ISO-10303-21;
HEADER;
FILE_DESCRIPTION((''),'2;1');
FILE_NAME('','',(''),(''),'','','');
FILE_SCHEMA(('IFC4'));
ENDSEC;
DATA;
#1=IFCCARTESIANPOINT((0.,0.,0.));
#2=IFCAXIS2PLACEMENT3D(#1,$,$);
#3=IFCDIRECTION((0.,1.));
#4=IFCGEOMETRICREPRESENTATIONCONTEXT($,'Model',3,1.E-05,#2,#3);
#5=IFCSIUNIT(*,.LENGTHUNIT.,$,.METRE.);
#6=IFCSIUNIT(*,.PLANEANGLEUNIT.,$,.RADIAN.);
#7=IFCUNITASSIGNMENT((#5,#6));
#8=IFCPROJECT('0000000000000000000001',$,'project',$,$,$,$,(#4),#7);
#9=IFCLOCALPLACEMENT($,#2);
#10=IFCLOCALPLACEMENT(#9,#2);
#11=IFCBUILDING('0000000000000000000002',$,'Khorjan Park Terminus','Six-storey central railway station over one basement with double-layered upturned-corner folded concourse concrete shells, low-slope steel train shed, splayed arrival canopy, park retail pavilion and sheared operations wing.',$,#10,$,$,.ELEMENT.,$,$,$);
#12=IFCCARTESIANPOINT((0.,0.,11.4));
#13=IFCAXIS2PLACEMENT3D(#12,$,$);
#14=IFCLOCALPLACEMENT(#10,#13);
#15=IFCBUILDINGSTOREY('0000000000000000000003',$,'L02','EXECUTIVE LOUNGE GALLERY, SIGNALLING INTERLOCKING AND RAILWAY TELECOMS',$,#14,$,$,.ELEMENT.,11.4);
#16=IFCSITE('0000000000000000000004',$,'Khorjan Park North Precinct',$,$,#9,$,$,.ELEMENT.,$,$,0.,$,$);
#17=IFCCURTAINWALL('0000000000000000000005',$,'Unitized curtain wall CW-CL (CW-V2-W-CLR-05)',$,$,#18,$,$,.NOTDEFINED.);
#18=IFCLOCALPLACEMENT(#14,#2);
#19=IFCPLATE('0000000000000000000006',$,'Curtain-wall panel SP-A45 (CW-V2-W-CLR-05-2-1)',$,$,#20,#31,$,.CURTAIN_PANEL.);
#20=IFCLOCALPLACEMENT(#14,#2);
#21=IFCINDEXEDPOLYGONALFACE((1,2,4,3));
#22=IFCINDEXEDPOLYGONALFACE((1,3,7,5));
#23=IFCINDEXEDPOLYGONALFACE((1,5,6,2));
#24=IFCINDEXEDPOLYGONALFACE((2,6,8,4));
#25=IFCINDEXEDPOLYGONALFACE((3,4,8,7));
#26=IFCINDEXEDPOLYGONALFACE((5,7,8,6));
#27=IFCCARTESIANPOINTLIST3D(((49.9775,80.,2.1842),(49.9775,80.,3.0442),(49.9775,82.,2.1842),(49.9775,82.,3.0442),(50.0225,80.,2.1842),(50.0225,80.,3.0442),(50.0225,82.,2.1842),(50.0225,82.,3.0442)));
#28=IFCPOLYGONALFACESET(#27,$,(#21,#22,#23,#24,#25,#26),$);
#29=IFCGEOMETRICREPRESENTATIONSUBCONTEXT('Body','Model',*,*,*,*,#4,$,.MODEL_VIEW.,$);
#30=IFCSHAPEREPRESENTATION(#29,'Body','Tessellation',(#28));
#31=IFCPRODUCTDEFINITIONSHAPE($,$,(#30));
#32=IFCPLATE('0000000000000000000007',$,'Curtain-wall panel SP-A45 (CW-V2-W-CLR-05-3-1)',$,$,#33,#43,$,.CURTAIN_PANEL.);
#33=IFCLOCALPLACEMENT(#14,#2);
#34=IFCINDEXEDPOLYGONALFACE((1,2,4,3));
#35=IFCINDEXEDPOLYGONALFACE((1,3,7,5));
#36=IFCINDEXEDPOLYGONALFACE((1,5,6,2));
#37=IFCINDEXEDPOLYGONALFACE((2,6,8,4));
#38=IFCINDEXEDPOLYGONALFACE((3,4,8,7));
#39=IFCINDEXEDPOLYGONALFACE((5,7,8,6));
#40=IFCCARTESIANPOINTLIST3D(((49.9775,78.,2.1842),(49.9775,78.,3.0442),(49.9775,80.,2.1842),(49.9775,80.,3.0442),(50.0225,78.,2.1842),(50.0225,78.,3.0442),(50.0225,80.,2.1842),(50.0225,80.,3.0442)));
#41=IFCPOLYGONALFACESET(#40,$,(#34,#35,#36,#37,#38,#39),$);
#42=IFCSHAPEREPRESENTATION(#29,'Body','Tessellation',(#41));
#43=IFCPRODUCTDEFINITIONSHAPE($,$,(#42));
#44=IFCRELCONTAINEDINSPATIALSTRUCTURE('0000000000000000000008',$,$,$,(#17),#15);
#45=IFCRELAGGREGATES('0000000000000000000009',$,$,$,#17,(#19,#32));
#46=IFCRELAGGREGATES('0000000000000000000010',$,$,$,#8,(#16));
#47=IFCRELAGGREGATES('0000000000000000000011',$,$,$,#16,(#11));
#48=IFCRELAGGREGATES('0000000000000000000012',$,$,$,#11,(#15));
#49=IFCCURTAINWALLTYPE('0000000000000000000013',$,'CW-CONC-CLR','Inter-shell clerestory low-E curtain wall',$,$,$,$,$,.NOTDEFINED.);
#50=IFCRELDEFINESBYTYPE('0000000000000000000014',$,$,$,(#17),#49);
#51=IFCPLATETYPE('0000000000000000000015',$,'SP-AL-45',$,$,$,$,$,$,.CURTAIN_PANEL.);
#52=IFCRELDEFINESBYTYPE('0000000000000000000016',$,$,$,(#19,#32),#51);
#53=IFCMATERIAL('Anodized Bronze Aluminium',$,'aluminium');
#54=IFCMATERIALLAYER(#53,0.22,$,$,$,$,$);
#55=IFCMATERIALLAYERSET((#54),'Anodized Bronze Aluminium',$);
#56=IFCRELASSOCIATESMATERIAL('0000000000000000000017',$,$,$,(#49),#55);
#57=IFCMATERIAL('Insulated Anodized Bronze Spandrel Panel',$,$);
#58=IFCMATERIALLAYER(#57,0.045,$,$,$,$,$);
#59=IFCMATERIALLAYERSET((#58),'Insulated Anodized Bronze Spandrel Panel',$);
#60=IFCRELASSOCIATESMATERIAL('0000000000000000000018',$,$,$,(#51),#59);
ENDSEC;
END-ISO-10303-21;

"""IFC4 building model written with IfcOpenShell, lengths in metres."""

from ifc_helpers import new_model, si_unit, direction, frame, origin, origin_2d, place, context, subcontext, project, spatial, rectangle, extrude, material, layer, layer_set, type_object, element, aggregate, save


model = new_model("IFC4")

# Units and contexts
model_context = context("Model", 3, precision=1e-05, world=origin(), true_north=direction((0.0, 1.0)))
body_context = subcontext(model_context, "Body", "Model", "MODEL_VIEW")
ifc_project = project(units=[si_unit("LENGTHUNIT", "METRE"), si_unit("PLANEANGLEUNIT", "RADIAN")], contexts=[model_context])

# Site, building, storey
site_placement = place(None, origin())
site = spatial("IfcSite", under=ifc_project, at=site_placement, Name="Khorjan Park North Precinct", CompositionType="ELEMENT", RefElevation=0.0)
building_placement = place(site_placement, origin())
building = spatial("IfcBuilding", under=site, at=building_placement, Name="Khorjan Park Terminus", Description="Six-storey central railway station over one basement with double-layered upturned-corner folded concourse concrete shells, low-slope steel train shed, splayed arrival canopy, park retail pavilion and sheared operations wing.", CompositionType="ELEMENT")
storey_placement = place(building_placement, frame((0.0, 0.0, 11.4)))
storey = spatial("IfcBuildingStorey", under=building, at=storey_placement, Name="L02", Description="EXECUTIVE LOUNGE GALLERY, SIGNALLING INTERLOCKING AND RAILWAY TELECOMS", CompositionType="ELEMENT", Elevation=11.4)

# Curtain wall
ifc_material_1 = material(Name="Anodized Bronze Aluminium", Category="aluminium")
ifc_layer_1 = layer(ifc_material_1, 0.22)
ifc_layer_set_1 = layer_set([ifc_layer_1], Name="Anodized Bronze Aluminium")
curtain_wall_type = type_object("IfcCurtainWallType", Name="CW-CONC-CLR", Description="Inter-shell clerestory low-E curtain wall", PredefinedType="NOTDEFINED", material=ifc_layer_set_1)
curtain_wall_placement = place(storey_placement, origin())
curtain_wall = element("IfcCurtainWall", 1, at=curtain_wall_placement, inside=storey, type_object=curtain_wall_type, Name="Unitized curtain wall CW-CL (CW-V2-W-CLR-05)", PredefinedType="NOTDEFINED")

# Plates
ifc_material_2 = material(Name="Insulated Anodized Bronze Spandrel Panel")
ifc_layer_2 = layer(ifc_material_2, 0.045)
ifc_layer_set_2 = layer_set([ifc_layer_2], Name="Insulated Anodized Bronze Spandrel Panel")
plate_type_1 = type_object("IfcPlateType", Name="SP-AL-45", PredefinedType="CURTAIN_PANEL", material=ifc_layer_set_2)
plate_1_placement = place(storey_placement, frame((50.0, 81.0, 2.1842), z_axis=(0.0, 0.0, 1.0), x_axis=(0.0, -1.0, 0.0)))
plate_1 = element("IfcPlate", 2, at=plate_1_placement, type_object=plate_type_1, Name="Curtain-wall panel SP-A45 (CW-V2-W-CLR-05-2-1)", PredefinedType="CURTAIN_PANEL", context=body_context, shape_type="SweptSolid", body=[
    extrude(rectangle(XDim=2.0, YDim=0.045, at=origin_2d()), origin(), (0.0, 0.0, 1.0), 0.86),
])
plate_2_placement = place(storey_placement, frame((50.0, 79.0, 2.1842), z_axis=(0.0, 0.0, 1.0), x_axis=(0.0, -1.0, 0.0)))
plate_2 = element("IfcPlate", 3, at=plate_2_placement, type_object=plate_type_1, Name="Curtain-wall panel SP-A45 (CW-V2-W-CLR-05-3-1)", PredefinedType="CURTAIN_PANEL", context=body_context, shape_type="SweptSolid", body=[
    extrude(rectangle(XDim=2.0, YDim=0.045, at=origin_2d()), origin(), (0.0, 0.0, 1.0), 0.86),
])
aggregate(curtain_wall, [plate_1, plate_2])

save(model, "model.ifc")
